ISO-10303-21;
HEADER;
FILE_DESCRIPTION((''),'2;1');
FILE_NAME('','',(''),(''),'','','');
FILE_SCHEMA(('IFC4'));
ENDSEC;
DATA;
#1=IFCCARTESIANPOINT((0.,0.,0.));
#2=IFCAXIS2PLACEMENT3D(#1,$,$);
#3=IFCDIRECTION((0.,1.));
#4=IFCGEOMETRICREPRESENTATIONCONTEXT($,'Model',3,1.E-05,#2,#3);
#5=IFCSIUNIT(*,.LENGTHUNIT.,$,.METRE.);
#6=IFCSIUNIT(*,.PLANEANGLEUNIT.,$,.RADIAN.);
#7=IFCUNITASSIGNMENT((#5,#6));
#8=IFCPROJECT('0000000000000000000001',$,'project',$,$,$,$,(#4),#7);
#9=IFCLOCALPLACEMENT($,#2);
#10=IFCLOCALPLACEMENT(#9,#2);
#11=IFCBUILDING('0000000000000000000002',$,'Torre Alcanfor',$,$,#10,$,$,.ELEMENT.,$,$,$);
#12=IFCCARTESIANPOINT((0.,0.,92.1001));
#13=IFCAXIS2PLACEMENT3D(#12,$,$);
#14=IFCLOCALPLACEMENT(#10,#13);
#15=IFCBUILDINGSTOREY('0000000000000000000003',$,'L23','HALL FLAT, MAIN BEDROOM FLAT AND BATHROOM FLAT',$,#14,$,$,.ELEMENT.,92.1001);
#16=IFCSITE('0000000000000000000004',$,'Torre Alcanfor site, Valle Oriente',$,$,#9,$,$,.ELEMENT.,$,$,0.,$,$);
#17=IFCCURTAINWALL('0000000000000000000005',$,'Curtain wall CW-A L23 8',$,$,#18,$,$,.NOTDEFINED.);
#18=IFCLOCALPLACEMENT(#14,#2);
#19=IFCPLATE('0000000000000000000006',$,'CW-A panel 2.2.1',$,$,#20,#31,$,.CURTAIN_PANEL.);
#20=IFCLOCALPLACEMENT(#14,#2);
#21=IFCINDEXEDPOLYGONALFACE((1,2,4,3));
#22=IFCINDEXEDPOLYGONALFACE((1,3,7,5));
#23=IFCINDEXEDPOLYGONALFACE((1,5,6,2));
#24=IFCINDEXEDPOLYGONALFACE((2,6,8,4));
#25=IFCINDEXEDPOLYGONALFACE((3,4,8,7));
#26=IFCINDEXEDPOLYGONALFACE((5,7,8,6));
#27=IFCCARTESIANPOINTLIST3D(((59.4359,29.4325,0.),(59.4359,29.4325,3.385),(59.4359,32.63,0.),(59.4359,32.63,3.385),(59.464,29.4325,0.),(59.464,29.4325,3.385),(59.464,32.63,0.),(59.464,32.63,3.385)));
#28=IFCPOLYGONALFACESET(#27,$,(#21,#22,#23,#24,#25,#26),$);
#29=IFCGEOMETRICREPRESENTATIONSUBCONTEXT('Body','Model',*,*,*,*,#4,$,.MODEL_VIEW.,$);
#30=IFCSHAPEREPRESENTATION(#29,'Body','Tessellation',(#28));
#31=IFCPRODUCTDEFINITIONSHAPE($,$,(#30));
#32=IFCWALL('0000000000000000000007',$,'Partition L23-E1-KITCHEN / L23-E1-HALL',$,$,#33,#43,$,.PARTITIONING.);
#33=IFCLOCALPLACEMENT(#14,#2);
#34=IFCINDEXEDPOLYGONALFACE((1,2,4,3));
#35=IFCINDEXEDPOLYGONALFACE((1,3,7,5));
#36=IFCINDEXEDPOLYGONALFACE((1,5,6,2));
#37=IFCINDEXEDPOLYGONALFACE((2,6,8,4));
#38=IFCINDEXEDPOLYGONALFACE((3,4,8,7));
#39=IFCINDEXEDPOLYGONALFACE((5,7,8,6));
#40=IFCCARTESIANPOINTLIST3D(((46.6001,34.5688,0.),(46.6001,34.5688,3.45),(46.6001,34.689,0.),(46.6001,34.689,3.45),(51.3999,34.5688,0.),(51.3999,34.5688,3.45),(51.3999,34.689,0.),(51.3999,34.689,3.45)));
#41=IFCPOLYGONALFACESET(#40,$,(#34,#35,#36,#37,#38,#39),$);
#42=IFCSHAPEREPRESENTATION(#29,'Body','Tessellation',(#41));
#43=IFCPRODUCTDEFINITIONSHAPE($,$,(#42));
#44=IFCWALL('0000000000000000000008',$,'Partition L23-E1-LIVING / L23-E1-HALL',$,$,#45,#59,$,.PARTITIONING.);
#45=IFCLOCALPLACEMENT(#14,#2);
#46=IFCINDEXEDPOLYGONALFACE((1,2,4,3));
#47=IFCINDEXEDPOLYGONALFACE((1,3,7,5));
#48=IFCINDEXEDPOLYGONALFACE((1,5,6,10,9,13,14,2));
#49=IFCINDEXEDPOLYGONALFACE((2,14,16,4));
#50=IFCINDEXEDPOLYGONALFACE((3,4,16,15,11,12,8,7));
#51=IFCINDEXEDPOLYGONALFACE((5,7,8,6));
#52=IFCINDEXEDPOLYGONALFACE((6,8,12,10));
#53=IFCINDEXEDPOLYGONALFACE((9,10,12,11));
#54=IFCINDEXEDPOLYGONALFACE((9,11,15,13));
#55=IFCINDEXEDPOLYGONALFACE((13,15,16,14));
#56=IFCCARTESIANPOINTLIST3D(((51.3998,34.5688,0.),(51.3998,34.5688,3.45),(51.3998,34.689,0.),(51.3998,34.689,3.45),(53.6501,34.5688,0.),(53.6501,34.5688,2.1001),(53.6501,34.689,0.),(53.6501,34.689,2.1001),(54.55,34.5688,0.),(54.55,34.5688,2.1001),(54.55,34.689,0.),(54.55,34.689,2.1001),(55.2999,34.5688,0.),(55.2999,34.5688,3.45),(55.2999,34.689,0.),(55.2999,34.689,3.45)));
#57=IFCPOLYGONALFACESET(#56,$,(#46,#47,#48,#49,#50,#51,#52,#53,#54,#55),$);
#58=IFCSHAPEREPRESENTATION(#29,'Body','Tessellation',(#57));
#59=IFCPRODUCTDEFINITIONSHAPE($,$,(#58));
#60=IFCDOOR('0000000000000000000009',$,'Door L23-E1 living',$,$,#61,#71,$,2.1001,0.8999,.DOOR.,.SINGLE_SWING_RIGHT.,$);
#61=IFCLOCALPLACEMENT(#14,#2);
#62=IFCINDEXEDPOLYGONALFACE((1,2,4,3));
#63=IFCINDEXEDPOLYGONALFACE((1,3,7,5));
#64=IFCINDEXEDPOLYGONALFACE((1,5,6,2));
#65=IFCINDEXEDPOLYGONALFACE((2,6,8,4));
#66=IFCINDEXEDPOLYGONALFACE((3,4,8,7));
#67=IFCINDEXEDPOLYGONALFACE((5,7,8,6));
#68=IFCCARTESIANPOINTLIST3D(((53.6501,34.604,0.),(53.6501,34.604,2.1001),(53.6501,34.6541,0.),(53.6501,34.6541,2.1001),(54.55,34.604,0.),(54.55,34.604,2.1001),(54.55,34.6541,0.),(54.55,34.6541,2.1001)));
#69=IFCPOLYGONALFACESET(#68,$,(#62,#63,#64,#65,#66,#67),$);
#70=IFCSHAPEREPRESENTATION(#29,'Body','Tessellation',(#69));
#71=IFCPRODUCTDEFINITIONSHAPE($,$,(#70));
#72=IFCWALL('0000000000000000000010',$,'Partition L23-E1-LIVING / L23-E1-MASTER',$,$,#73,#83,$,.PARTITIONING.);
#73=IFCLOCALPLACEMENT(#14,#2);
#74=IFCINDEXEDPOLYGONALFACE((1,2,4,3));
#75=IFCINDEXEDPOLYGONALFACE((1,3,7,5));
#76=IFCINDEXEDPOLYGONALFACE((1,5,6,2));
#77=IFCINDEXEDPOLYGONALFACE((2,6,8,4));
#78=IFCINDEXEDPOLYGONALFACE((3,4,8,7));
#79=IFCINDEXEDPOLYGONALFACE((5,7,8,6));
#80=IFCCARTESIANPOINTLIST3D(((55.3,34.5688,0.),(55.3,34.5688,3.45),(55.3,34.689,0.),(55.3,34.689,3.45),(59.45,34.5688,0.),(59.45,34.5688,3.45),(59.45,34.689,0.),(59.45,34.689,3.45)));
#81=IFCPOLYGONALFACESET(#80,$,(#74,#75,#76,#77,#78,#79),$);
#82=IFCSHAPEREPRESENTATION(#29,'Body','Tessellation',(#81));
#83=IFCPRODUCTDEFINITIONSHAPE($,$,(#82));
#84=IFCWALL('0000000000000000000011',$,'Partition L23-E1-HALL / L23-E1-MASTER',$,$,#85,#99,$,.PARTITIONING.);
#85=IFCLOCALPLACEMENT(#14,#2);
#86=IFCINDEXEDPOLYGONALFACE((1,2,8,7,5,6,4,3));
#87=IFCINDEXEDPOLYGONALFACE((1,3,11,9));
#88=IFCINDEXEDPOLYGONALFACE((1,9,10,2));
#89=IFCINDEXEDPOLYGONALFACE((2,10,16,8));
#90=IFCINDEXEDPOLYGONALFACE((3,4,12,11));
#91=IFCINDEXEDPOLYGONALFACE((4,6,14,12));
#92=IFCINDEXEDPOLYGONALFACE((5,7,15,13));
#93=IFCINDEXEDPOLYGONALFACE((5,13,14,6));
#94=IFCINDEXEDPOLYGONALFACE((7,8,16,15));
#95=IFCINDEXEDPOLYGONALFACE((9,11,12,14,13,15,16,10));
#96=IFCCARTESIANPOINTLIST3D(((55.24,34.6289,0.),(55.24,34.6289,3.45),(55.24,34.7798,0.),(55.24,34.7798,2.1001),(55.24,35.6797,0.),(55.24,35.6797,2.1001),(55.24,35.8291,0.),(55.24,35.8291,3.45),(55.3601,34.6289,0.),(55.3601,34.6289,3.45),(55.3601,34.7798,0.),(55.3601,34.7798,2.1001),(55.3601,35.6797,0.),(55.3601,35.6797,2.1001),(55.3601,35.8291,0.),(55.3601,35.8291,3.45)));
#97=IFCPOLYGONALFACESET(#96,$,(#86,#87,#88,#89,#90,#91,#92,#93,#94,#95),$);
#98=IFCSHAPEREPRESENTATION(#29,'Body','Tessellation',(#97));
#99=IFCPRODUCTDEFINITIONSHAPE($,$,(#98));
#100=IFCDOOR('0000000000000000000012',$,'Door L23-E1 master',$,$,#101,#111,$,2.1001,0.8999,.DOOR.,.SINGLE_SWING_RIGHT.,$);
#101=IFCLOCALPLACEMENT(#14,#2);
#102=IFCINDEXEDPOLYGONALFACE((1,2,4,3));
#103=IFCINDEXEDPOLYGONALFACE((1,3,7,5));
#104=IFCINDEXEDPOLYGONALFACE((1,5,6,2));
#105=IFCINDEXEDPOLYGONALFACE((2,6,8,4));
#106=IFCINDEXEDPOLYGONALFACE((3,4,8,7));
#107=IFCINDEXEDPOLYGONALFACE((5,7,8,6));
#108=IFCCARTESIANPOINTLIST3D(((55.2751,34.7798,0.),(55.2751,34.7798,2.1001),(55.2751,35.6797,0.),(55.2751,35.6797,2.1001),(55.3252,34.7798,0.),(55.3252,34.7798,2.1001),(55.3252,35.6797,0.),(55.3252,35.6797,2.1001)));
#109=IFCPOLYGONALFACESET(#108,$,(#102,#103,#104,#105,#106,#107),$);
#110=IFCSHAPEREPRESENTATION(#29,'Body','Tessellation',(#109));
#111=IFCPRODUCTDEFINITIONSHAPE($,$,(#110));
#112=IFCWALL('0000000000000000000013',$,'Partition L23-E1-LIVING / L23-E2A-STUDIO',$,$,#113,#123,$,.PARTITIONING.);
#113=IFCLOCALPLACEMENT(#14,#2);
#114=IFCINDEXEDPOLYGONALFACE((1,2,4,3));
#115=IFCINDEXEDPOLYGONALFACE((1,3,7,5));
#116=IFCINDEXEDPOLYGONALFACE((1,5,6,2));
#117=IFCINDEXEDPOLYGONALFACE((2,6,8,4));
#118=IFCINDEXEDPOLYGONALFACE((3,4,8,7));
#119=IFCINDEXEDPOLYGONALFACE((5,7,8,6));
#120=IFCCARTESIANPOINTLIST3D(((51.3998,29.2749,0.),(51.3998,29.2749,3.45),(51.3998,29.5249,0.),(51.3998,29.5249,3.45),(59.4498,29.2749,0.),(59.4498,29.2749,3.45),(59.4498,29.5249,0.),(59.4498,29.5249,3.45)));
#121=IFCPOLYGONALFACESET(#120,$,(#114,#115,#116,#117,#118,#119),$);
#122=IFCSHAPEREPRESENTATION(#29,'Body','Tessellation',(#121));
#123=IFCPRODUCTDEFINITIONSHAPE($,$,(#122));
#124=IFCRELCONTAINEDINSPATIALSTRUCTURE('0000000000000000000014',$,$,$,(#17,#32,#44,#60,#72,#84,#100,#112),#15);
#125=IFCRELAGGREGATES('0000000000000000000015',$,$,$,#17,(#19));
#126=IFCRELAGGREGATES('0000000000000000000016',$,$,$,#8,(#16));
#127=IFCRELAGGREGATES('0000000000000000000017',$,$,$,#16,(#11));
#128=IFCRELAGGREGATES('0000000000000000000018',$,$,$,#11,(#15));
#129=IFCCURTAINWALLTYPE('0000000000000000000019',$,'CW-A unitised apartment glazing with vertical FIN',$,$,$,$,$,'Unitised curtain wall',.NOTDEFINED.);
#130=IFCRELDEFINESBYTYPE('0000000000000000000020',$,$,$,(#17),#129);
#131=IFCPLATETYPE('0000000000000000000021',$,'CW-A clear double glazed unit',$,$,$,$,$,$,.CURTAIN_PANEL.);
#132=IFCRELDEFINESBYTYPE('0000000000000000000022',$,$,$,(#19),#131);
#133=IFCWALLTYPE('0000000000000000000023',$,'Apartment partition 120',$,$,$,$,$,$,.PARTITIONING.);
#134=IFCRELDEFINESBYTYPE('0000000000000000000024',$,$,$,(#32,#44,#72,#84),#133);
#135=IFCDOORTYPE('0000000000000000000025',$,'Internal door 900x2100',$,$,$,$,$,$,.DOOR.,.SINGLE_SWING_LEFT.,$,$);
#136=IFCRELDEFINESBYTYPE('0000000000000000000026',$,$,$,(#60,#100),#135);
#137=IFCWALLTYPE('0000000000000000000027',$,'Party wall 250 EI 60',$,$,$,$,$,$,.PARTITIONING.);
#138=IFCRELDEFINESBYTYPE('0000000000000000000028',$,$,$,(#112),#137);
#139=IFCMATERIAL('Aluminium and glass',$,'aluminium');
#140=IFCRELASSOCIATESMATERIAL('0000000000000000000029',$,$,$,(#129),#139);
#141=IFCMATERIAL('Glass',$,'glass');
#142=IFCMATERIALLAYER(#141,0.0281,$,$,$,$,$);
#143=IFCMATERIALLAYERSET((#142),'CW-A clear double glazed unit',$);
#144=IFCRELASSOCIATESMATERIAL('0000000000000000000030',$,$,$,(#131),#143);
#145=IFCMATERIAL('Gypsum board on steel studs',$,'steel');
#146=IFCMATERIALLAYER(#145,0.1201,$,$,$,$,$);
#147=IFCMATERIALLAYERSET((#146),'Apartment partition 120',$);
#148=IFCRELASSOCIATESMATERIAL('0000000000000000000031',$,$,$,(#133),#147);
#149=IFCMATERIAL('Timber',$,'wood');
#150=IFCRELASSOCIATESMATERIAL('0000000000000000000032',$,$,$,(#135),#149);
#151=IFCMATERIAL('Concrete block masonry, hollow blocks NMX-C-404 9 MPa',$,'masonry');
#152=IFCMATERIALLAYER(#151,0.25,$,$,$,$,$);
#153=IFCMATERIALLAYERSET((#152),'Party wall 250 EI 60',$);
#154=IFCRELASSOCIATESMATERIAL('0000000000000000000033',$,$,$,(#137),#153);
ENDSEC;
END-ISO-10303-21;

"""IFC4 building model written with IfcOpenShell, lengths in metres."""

from ifc_helpers import new_model, si_unit, direction, frame, frame_2d, origin, origin_2d, place, context, subcontext, project, spatial, rectangle, extrude, material, layer, layer_set, type_object, element, fill, aggregate, save


model = new_model("IFC4")

# Units and contexts
model_context = context("Model", 3, precision=1e-05, world=origin(), true_north=direction((0.0, 1.0)))
body_context = subcontext(model_context, "Body", "Model", "MODEL_VIEW")
ifc_project = project(units=[si_unit("LENGTHUNIT", "METRE"), si_unit("PLANEANGLEUNIT", "RADIAN")], contexts=[model_context])

# Site, building, storey
site_placement = place(None, origin())
site = spatial("IfcSite", under=ifc_project, at=site_placement, Name="Torre Alcanfor site, Valle Oriente", CompositionType="ELEMENT", RefElevation=0.0)
building_placement = place(site_placement, origin())
building = spatial("IfcBuilding", under=site, at=building_placement, Name="Torre Alcanfor", CompositionType="ELEMENT")
storey_placement = place(building_placement, frame((0.0, 0.0, 92.1001)))
storey = spatial("IfcBuildingStorey", under=building, at=storey_placement, Name="L23", Description="HALL FLAT, MAIN BEDROOM FLAT AND BATHROOM FLAT", CompositionType="ELEMENT", Elevation=92.1001)

# Curtain wall
ifc_material_1 = material(Name="Aluminium and glass", Category="aluminium")
curtain_wall_type = type_object("IfcCurtainWallType", Name="CW-A unitised apartment glazing with vertical FIN", ElementType="Unitised curtain wall", PredefinedType="NOTDEFINED", material=ifc_material_1)
curtain_wall_placement = place(storey_placement, origin())
curtain_wall = element("IfcCurtainWall", 1, at=curtain_wall_placement, inside=storey, type_object=curtain_wall_type, Name="Curtain wall CW-A L23 8", PredefinedType="NOTDEFINED")

# Plate
ifc_material_2 = material(Name="Glass", Category="glass")
ifc_layer_1 = layer(ifc_material_2, 0.0281)
ifc_layer_set_1 = layer_set([ifc_layer_1], Name="CW-A clear double glazed unit")
plate_type = type_object("IfcPlateType", Name="CW-A clear double glazed unit", PredefinedType="CURTAIN_PANEL", material=ifc_layer_set_1)
plate_placement = place(storey_placement, frame((59.45, 31.0312, 0.0), z_axis=(0.0, 0.0, 1.0), x_axis=(0.0, 1.0, 0.0)))
plate = element("IfcPlate", 2, at=plate_placement, type_object=plate_type, Name="CW-A panel 2.2.1", PredefinedType="CURTAIN_PANEL", context=body_context, shape_type="SweptSolid", body=[
    extrude(rectangle(XDim=3.1975, YDim=0.0281, at=origin_2d()), origin(), (0.0, 0.0, 1.0), 3.385),
])
aggregate(curtain_wall, [plate])

# Wall
ifc_material_3 = material(Name="Gypsum board on steel studs", Category="steel")
ifc_layer_2 = layer(ifc_material_3, 0.1201)
ifc_layer_set_2 = layer_set([ifc_layer_2], Name="Apartment partition 120")
wall_type_1 = type_object("IfcWallType", Name="Apartment partition 120", PredefinedType="PARTITIONING", material=ifc_layer_set_2)
wall_1_placement = place(storey_placement, frame((51.3999, 34.6289, 0.0), z_axis=(0.0, 0.0, 1.0), x_axis=(-1.0, 0.0, 0.0)))
element("IfcWall", 3, at=wall_1_placement, inside=storey, type_object=wall_type_1, Name="Partition L23-E1-KITCHEN / L23-E1-HALL", PredefinedType="PARTITIONING", context=body_context, shape_type="SweptSolid", body=[
    extrude(rectangle(XDim=4.7998, YDim=0.1201, at=frame_2d((2.3999, 0.0))), origin(), (0.0, 0.0, 1.0), 3.45),
])

# Wall, opening, door
wall_2_placement = place(storey_placement, frame((55.3, 34.6289, 0.0), z_axis=(0.0, 0.0, 1.0), x_axis=(-1.0, 0.0, 0.0)))
wall_2 = element("IfcWall", 4, at=wall_2_placement, inside=storey, type_object=wall_type_1, Name="Partition L23-E1-LIVING / L23-E1-HALL", PredefinedType="PARTITIONING", context=body_context, shape_type="SweptSolid", body=[
    extrude(rectangle(XDim=3.9001, YDim=0.1201, at=frame_2d((1.9502, 0.0))), origin(), (0.0, 0.0, 1.0), 3.45),
])
opening_1_placement = place(wall_2_placement, frame((0.75, 0.0, 0.0)))
opening_1 = element("IfcOpeningElement", 5, at=opening_1_placement, cuts=wall_2, PredefinedType="OPENING", context=body_context, shape_type="SweptSolid", body=[
    extrude(rectangle(XDim=0.8999, YDim=2.1001, at=frame_2d((0.45, 1.05))), frame((0.0, 0.0701, 0.0), z_axis=(0.0, -1.0, 0.0), x_axis=(1.0, 0.0, 0.0)), (0.0, 0.0, 1.0), 0.1401),
])
ifc_material_4 = material(Name="Timber", Category="wood")
door_type = type_object("IfcDoorType", Name="Internal door 900x2100", OperationType="SINGLE_SWING_LEFT", PredefinedType="DOOR", material=ifc_material_4)
door_1_placement = place(opening_1_placement, origin())
door_1 = element("IfcDoor", 6, at=door_1_placement, inside=storey, type_object=door_type, Name="Door L23-E1 living", OperationType="SINGLE_SWING_RIGHT", OverallHeight=2.1001, OverallWidth=0.8999, PredefinedType="DOOR", context=body_context, shape_type="SweptSolid", body=[
    extrude(rectangle(XDim=0.8999, YDim=2.1001, at=frame_2d((0.45, 1.05))), frame((0.0, 0.0249, 0.0), z_axis=(0.0, -1.0, 0.0), x_axis=(1.0, 0.0, 0.0)), (0.0, 0.0, 1.0), 0.05),
])
fill(opening_1, door_1)

# Wall
wall_3_placement = place(storey_placement, frame((59.45, 34.6289, 0.0), z_axis=(0.0, 0.0, 1.0), x_axis=(-1.0, 0.0, 0.0)))
element("IfcWall", 7, at=wall_3_placement, inside=storey, type_object=wall_type_1, Name="Partition L23-E1-LIVING / L23-E1-MASTER", PredefinedType="PARTITIONING", context=body_context, shape_type="SweptSolid", body=[
    extrude(rectangle(XDim=4.1499, YDim=0.1201, at=frame_2d((2.075, 0.0))), origin(), (0.0, 0.0, 1.0), 3.45),
])

# Wall, opening, door
wall_4_placement = place(storey_placement, frame((55.3, 34.6289, 0.0), z_axis=(0.0, 0.0, 1.0), x_axis=(0.0, 1.0, 0.0)))
wall_4 = element("IfcWall", 8, at=wall_4_placement, inside=storey, type_object=wall_type_1, Name="Partition L23-E1-HALL / L23-E1-MASTER", PredefinedType="PARTITIONING", context=body_context, shape_type="SweptSolid", body=[
    extrude(rectangle(XDim=1.2002, YDim=0.1201, at=frame_2d((0.6001, 0.0))), origin(), (0.0, 0.0, 1.0), 3.45),
])
opening_2_placement = place(wall_4_placement, frame((0.1509, 0.0, 0.0)))
opening_2 = element("IfcOpeningElement", 9, at=opening_2_placement, cuts=wall_4, PredefinedType="OPENING", context=body_context, shape_type="SweptSolid", body=[
    extrude(rectangle(XDim=0.8999, YDim=2.1001, at=frame_2d((0.45, 1.05))), frame((0.0, 0.0701, 0.0), z_axis=(0.0, -1.0, 0.0), x_axis=(1.0, 0.0, 0.0)), (0.0, 0.0, 1.0), 0.1401),
])
door_2_placement = place(opening_2_placement, frame((0.8999, 0.0, 0.0), z_axis=(0.0, 0.0, 1.0), x_axis=(-1.0, 0.0, 0.0)))
door_2 = element("IfcDoor", 10, at=door_2_placement, inside=storey, type_object=door_type, Name="Door L23-E1 master", OperationType="SINGLE_SWING_RIGHT", OverallHeight=2.1001, OverallWidth=0.8999, PredefinedType="DOOR", context=body_context, shape_type="SweptSolid", body=[
    extrude(rectangle(XDim=0.8999, YDim=2.1001, at=frame_2d((0.45, 1.05))), frame((0.0, 0.0251, 0.0), z_axis=(0.0, -1.0, 0.0), x_axis=(1.0, 0.0, 0.0)), (0.0, 0.0, 1.0), 0.05),
])
fill(opening_2, door_2)

# Wall
ifc_material_5 = material(Name="Concrete block masonry, hollow blocks NMX-C-404 9 MPa", Category="masonry")
ifc_layer_3 = layer(ifc_material_5, 0.25)
ifc_layer_set_3 = layer_set([ifc_layer_3], Name="Party wall 250 EI 60")
wall_type_2 = type_object("IfcWallType", Name="Party wall 250 EI 60", PredefinedType="PARTITIONING", material=ifc_layer_set_3)
wall_5_placement = place(storey_placement, frame((51.3999, 29.3999, 0.0), z_axis=(0.0, 0.0, 1.0), x_axis=(1.0, 0.0, 0.0)))
element("IfcWall", 11, at=wall_5_placement, inside=storey, type_object=wall_type_2, Name="Partition L23-E1-LIVING / L23-E2A-STUDIO", PredefinedType="PARTITIONING", context=body_context, shape_type="SweptSolid", body=[
    extrude(rectangle(XDim=8.05, YDim=0.25, at=frame_2d((4.0249, 0.0))), origin(), (0.0, 0.0, 1.0), 3.45),
])

save(model, "model.ifc")
